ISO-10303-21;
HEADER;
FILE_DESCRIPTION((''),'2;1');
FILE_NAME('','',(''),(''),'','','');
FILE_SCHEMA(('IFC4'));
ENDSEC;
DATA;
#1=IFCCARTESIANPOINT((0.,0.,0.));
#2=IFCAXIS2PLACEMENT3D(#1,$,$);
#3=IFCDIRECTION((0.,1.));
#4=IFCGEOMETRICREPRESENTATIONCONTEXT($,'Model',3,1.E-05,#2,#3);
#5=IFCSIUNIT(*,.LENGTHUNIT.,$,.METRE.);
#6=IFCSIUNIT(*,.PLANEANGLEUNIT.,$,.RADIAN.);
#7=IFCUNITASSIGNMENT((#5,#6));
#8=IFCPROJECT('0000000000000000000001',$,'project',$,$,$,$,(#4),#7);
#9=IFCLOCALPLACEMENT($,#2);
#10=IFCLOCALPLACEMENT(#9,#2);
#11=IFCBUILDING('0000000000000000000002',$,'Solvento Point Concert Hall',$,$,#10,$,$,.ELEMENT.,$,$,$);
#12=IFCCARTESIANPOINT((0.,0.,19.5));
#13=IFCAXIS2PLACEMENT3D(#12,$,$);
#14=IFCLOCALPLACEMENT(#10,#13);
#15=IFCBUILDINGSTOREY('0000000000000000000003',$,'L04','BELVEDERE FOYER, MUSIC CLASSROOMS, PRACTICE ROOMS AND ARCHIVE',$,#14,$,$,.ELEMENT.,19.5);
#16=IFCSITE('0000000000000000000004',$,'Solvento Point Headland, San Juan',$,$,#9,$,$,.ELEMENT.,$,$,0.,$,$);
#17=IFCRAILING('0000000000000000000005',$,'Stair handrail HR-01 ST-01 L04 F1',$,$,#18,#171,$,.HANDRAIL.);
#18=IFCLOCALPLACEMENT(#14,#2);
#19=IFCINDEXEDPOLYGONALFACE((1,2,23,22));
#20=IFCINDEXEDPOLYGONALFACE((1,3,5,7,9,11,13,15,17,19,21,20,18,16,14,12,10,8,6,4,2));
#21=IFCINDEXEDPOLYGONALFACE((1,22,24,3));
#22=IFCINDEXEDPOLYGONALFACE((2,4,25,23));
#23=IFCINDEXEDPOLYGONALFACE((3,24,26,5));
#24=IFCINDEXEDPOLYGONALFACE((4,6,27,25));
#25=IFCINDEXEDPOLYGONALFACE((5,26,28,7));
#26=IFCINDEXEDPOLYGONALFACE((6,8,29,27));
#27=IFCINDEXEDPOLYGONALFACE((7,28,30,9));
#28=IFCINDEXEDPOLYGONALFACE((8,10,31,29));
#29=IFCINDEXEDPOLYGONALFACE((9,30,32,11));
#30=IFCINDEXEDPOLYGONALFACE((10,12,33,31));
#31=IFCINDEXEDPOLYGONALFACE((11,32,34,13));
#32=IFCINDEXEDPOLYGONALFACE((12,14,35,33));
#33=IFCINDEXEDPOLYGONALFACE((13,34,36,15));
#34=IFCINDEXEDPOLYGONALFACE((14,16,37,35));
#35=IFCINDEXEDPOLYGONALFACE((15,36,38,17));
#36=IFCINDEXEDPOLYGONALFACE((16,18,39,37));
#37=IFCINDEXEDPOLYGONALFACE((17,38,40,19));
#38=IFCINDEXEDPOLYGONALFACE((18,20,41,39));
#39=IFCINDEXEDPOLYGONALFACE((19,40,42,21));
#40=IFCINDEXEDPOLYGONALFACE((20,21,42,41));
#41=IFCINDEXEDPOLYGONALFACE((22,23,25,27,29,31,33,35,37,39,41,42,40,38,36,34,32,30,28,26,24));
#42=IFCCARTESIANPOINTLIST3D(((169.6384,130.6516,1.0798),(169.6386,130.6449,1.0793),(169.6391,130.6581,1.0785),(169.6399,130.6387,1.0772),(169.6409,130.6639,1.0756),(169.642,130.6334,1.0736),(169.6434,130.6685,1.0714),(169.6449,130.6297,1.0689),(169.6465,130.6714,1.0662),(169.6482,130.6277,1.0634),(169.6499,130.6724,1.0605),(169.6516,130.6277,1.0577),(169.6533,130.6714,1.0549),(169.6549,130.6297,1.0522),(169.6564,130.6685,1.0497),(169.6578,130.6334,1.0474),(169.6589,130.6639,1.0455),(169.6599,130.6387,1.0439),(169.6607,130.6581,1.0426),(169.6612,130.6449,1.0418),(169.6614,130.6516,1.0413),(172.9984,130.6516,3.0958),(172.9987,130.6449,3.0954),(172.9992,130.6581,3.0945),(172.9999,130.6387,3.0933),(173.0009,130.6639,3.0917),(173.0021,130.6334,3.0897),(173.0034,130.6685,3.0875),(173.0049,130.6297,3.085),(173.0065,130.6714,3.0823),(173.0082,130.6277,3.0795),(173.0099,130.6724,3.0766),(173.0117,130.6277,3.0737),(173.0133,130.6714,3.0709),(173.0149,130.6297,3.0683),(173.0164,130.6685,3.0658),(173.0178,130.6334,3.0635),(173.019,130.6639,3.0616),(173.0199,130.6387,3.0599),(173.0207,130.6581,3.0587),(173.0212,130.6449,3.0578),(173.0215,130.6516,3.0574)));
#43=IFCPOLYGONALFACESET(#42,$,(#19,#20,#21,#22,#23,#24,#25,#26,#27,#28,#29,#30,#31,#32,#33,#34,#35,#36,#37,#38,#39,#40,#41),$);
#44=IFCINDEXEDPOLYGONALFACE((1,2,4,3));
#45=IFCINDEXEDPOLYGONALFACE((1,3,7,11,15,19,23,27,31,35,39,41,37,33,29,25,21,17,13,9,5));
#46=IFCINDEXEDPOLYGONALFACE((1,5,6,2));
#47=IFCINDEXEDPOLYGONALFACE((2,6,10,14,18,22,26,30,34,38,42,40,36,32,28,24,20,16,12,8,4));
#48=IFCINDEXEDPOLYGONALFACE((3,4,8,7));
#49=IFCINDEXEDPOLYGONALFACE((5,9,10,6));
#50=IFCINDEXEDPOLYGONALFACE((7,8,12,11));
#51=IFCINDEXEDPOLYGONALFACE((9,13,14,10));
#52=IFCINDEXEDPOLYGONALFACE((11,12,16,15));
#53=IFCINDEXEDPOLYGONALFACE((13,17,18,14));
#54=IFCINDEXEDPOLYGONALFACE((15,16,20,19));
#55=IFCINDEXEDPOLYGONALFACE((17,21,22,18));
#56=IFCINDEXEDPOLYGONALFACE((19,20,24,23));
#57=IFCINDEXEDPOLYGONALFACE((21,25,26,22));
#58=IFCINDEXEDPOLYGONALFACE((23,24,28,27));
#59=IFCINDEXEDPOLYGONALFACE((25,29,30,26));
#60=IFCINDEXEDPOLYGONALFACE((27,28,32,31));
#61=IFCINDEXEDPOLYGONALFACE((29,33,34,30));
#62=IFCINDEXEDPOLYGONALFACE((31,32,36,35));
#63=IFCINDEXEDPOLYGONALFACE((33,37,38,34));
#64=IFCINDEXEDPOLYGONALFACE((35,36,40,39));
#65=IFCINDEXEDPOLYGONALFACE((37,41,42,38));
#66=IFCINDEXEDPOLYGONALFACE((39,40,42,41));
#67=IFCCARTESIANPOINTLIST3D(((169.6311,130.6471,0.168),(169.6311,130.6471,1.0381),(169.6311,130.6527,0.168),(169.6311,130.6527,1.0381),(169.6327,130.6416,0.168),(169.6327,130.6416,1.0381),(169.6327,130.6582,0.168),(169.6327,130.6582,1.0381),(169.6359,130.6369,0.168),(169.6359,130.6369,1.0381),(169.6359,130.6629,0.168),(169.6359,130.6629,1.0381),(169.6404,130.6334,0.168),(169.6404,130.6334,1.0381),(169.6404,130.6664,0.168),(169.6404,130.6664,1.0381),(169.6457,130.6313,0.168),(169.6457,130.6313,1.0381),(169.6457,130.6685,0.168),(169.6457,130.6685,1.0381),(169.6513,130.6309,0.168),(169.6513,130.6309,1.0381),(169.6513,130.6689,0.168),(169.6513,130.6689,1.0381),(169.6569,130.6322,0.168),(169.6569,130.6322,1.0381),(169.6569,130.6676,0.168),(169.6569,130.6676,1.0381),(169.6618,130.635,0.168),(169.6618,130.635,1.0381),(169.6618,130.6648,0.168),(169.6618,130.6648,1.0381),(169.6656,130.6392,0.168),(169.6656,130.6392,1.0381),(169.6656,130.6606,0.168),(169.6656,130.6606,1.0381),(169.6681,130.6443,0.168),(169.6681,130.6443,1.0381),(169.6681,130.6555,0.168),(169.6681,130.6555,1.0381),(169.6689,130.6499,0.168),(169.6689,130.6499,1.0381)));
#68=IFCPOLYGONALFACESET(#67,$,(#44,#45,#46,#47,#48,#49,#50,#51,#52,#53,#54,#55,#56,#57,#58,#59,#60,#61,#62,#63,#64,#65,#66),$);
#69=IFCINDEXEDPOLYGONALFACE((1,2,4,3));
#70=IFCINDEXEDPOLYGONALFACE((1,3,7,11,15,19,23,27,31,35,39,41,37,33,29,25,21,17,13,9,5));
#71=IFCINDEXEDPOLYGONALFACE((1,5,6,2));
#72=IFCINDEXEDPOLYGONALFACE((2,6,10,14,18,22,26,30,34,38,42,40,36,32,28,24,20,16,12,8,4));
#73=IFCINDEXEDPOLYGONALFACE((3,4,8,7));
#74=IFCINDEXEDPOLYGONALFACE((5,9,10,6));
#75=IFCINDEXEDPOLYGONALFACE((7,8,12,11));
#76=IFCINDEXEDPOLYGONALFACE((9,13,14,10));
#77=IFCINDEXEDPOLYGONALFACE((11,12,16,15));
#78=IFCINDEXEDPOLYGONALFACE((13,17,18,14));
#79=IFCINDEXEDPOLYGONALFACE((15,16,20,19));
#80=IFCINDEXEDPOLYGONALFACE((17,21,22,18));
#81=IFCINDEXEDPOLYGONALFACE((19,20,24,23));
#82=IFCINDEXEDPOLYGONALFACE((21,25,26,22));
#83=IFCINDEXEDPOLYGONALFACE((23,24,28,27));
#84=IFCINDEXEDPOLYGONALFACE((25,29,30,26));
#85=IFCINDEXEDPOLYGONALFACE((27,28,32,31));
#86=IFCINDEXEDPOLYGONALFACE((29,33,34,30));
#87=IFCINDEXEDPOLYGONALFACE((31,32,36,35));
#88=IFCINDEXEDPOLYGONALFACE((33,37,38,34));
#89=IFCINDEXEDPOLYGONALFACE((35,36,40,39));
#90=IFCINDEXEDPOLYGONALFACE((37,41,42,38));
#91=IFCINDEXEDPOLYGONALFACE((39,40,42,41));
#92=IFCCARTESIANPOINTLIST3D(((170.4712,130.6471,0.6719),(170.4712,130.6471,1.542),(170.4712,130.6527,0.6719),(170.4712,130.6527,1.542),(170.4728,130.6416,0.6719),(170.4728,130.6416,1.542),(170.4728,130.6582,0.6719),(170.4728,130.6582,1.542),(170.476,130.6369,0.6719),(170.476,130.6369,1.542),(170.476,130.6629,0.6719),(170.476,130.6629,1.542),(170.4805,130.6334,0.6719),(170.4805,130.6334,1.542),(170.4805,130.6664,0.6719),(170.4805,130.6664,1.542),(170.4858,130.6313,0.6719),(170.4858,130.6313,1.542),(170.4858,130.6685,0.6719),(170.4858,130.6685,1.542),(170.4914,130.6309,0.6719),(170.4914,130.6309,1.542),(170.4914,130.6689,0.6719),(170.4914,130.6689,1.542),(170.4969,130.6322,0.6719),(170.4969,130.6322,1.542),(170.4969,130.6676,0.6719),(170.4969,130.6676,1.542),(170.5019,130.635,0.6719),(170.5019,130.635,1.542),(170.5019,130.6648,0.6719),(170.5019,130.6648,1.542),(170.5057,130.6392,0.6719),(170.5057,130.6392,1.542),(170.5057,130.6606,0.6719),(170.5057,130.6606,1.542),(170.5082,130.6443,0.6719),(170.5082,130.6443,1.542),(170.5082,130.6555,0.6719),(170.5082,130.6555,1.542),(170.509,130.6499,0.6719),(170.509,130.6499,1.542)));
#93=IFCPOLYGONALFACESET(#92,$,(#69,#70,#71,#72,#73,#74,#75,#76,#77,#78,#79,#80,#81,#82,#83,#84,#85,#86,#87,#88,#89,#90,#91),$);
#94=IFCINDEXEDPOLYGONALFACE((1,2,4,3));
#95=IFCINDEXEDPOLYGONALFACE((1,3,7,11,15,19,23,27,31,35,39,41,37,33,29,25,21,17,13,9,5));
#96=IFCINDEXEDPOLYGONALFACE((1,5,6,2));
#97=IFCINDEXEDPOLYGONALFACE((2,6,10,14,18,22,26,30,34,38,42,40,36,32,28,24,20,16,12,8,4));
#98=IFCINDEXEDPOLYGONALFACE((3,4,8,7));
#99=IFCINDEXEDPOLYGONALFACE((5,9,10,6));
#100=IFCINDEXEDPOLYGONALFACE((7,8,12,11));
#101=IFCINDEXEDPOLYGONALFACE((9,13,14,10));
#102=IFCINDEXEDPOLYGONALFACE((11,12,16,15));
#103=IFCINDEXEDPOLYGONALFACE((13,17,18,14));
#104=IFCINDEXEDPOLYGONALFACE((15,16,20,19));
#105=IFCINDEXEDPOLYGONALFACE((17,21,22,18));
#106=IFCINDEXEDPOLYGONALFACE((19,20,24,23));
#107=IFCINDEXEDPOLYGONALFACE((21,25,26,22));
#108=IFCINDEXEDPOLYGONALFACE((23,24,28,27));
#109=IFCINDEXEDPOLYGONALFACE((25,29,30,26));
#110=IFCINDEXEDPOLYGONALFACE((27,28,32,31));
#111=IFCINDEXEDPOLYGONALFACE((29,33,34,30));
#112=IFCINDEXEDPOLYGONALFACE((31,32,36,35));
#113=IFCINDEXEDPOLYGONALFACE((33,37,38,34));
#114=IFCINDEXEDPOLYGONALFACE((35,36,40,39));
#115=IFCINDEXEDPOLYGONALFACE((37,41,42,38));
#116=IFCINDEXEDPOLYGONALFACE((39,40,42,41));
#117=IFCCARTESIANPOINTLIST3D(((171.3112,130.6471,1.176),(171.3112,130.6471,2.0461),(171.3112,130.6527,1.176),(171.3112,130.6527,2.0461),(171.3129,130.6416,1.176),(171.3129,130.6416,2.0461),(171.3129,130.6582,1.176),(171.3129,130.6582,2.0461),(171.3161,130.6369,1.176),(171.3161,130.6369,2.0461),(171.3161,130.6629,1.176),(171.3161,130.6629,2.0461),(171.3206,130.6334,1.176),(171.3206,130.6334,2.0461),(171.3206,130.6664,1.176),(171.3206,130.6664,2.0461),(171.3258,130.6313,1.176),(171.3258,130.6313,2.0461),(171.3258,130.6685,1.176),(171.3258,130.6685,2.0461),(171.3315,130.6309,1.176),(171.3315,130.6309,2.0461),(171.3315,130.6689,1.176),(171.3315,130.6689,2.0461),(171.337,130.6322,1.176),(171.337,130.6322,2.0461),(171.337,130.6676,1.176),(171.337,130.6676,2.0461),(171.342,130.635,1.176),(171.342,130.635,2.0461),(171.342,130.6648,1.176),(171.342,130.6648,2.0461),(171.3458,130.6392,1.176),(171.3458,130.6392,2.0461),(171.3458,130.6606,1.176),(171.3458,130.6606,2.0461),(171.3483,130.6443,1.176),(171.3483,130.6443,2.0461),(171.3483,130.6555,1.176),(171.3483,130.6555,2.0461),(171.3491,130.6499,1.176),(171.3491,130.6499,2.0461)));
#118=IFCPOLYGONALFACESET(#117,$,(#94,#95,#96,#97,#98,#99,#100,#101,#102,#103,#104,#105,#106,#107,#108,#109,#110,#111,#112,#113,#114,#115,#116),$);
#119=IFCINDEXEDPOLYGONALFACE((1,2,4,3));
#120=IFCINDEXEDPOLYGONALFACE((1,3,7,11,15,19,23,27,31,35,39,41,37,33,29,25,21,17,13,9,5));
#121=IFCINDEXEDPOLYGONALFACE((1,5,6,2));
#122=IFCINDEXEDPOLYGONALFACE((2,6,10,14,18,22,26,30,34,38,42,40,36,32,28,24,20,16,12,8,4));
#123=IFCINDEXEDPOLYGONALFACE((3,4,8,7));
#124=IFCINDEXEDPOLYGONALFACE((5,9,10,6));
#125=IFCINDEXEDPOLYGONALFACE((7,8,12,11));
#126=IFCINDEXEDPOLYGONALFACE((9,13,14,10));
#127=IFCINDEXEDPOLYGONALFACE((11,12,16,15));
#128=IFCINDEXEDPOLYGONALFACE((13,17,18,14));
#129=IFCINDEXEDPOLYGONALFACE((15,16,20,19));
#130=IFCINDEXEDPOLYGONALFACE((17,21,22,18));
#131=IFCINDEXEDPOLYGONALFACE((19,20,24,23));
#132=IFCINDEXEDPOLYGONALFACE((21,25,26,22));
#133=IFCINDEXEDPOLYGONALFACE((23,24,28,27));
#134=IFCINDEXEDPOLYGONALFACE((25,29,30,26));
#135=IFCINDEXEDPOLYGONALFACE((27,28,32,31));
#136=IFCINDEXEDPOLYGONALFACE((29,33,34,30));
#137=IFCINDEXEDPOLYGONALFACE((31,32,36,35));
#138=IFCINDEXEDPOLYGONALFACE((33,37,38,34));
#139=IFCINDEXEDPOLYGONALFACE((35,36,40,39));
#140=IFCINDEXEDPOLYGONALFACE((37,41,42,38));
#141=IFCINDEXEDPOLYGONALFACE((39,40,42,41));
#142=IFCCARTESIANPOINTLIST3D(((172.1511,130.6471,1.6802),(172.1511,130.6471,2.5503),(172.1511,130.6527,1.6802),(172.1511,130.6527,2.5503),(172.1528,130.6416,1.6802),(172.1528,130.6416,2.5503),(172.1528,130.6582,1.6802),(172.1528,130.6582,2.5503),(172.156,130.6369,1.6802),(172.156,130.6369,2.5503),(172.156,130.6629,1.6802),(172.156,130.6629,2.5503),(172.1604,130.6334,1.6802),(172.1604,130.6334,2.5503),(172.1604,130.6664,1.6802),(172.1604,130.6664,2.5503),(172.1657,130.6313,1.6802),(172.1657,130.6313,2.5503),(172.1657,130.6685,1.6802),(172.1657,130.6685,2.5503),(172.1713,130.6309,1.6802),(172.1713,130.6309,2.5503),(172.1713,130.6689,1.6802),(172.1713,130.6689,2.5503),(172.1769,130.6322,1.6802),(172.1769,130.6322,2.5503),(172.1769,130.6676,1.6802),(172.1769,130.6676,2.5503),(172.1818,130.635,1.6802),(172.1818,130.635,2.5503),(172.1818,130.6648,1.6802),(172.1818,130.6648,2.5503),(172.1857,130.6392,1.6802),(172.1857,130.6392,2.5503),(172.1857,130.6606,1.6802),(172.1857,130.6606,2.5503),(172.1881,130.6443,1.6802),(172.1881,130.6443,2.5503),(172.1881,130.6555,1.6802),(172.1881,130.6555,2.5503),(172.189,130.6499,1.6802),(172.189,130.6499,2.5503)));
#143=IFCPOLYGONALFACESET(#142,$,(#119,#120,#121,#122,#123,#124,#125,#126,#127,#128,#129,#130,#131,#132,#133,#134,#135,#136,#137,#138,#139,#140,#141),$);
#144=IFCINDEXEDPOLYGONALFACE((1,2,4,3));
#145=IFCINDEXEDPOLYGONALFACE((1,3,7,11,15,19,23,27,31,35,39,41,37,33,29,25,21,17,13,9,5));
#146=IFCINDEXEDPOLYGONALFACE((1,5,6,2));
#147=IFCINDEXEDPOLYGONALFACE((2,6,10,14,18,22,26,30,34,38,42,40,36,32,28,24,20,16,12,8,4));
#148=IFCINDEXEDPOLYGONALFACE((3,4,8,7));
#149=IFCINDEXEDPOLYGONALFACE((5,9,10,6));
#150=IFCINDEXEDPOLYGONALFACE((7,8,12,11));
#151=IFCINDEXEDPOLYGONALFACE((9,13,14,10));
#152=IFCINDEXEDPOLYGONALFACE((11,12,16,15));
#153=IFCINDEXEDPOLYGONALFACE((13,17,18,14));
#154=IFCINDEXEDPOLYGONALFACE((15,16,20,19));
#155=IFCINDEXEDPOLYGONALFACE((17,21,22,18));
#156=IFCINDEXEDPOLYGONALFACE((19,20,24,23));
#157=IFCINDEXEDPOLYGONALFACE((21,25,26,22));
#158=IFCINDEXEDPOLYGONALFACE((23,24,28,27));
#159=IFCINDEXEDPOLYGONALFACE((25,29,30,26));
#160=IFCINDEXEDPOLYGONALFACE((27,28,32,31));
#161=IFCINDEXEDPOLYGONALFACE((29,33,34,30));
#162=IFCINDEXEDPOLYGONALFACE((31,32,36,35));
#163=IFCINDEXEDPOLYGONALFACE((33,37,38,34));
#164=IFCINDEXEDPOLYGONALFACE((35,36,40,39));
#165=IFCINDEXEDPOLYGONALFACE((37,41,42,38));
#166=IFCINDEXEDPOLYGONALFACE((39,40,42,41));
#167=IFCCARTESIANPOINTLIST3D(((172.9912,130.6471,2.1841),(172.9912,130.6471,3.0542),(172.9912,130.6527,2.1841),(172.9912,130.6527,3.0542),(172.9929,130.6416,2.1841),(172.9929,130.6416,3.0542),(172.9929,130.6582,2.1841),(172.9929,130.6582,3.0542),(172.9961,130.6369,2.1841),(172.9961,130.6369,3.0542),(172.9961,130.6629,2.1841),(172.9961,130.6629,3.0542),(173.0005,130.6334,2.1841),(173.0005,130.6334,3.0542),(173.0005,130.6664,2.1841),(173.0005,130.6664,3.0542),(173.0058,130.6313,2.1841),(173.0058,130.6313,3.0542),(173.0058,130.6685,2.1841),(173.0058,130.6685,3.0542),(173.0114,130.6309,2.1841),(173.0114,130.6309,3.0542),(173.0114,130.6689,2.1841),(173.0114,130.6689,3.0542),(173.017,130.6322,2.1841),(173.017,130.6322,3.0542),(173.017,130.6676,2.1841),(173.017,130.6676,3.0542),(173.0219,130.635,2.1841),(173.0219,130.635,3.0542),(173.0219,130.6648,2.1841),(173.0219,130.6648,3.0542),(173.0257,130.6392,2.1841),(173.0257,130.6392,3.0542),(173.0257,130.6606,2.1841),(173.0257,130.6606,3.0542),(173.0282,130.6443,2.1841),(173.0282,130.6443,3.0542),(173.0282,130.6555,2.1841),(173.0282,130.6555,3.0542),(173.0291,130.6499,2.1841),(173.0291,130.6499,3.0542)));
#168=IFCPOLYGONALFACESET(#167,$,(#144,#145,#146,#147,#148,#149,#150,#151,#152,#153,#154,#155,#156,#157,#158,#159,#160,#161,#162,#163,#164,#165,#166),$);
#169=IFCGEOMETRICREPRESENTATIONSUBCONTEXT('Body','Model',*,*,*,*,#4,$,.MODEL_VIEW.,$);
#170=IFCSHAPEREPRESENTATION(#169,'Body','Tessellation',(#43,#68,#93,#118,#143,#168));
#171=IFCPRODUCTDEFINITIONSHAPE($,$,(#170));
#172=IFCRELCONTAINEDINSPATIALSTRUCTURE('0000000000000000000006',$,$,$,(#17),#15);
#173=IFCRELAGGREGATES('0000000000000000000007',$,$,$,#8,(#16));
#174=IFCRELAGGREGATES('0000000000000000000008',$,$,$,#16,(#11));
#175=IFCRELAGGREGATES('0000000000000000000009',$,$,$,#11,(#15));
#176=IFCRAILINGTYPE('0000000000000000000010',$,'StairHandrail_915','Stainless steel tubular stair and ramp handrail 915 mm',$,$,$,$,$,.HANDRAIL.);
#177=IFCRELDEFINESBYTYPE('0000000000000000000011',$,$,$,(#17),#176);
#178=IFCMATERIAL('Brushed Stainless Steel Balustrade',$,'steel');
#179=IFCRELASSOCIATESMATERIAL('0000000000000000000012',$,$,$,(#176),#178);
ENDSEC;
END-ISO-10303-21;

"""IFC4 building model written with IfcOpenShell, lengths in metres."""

from ifc_helpers import new_model, si_unit, direction, frame, origin, origin_2d, place, context, subcontext, project, spatial, circle, extrude, material, type_object, element, save


model = new_model("IFC4")

# Units and contexts
model_context = context("Model", 3, precision=1e-05, world=origin(), true_north=direction((0.0, 1.0)))
body_context = subcontext(model_context, "Body", "Model", "MODEL_VIEW")
ifc_project = project(units=[si_unit("LENGTHUNIT", "METRE"), si_unit("PLANEANGLEUNIT", "RADIAN")], contexts=[model_context])

# Site, building, storey
site_placement = place(None, origin())
site = spatial("IfcSite", under=ifc_project, at=site_placement, Name="Solvento Point Headland, San Juan", CompositionType="ELEMENT", RefElevation=0.0)
building_placement = place(site_placement, origin())
building = spatial("IfcBuilding", under=site, at=building_placement, Name="Solvento Point Concert Hall", CompositionType="ELEMENT")
storey_placement = place(building_placement, frame((0.0, 0.0, 19.5)))
storey = spatial("IfcBuildingStorey", under=building, at=storey_placement, Name="L04", Description="BELVEDERE FOYER, MUSIC CLASSROOMS, PRACTICE ROOMS AND ARCHIVE", CompositionType="ELEMENT", Elevation=19.5)

# Railing
ifc_material_1 = material(Name="Brushed Stainless Steel Balustrade", Category="steel")
railing_type_1 = type_object("IfcRailingType", Name="StairHandrail_915", Description="Stainless steel tubular stair and ramp handrail 915 mm", PredefinedType="HANDRAIL", material=ifc_material_1)
railing_1_placement = place(storey_placement, frame((169.6499, 130.6499, 0.168)))
element("IfcRailing", 1, at=railing_1_placement, inside=storey, type_object=railing_type_1, Name="Stair handrail HR-01 ST-01 L04 F1", PredefinedType="HANDRAIL", context=body_context, shape_type="SweptSolid", body=[
    extrude(circle(Radius=0.0225, at=origin_2d()), frame((0.0, 0.0, 0.8926), z_axis=(0.857487, 0.0, 0.514505), x_axis=(0.0, 1.0, 0.0)), (0.0, 0.0, 1.0), 3.9185),
    extrude(circle(Radius=0.019, at=origin_2d()), origin(), (0.0, 0.0, 1.0), 0.8701),
    extrude(circle(Radius=0.019, at=origin_2d()), frame((0.8401, 0.0, 0.5039)), (0.0, 0.0, 1.0), 0.8701),
    extrude(circle(Radius=0.019, at=origin_2d()), frame((1.6802, 0.0, 1.0081)), (0.0, 0.0, 1.0), 0.8701),
    extrude(circle(Radius=0.019, at=origin_2d()), frame((2.52, 0.0, 1.5122)), (0.0, 0.0, 1.0), 0.8701),
    extrude(circle(Radius=0.019, at=origin_2d()), frame((3.3601, 0.0, 2.0161)), (0.0, 0.0, 1.0), 0.8701),
])

save(model, "model.ifc")
